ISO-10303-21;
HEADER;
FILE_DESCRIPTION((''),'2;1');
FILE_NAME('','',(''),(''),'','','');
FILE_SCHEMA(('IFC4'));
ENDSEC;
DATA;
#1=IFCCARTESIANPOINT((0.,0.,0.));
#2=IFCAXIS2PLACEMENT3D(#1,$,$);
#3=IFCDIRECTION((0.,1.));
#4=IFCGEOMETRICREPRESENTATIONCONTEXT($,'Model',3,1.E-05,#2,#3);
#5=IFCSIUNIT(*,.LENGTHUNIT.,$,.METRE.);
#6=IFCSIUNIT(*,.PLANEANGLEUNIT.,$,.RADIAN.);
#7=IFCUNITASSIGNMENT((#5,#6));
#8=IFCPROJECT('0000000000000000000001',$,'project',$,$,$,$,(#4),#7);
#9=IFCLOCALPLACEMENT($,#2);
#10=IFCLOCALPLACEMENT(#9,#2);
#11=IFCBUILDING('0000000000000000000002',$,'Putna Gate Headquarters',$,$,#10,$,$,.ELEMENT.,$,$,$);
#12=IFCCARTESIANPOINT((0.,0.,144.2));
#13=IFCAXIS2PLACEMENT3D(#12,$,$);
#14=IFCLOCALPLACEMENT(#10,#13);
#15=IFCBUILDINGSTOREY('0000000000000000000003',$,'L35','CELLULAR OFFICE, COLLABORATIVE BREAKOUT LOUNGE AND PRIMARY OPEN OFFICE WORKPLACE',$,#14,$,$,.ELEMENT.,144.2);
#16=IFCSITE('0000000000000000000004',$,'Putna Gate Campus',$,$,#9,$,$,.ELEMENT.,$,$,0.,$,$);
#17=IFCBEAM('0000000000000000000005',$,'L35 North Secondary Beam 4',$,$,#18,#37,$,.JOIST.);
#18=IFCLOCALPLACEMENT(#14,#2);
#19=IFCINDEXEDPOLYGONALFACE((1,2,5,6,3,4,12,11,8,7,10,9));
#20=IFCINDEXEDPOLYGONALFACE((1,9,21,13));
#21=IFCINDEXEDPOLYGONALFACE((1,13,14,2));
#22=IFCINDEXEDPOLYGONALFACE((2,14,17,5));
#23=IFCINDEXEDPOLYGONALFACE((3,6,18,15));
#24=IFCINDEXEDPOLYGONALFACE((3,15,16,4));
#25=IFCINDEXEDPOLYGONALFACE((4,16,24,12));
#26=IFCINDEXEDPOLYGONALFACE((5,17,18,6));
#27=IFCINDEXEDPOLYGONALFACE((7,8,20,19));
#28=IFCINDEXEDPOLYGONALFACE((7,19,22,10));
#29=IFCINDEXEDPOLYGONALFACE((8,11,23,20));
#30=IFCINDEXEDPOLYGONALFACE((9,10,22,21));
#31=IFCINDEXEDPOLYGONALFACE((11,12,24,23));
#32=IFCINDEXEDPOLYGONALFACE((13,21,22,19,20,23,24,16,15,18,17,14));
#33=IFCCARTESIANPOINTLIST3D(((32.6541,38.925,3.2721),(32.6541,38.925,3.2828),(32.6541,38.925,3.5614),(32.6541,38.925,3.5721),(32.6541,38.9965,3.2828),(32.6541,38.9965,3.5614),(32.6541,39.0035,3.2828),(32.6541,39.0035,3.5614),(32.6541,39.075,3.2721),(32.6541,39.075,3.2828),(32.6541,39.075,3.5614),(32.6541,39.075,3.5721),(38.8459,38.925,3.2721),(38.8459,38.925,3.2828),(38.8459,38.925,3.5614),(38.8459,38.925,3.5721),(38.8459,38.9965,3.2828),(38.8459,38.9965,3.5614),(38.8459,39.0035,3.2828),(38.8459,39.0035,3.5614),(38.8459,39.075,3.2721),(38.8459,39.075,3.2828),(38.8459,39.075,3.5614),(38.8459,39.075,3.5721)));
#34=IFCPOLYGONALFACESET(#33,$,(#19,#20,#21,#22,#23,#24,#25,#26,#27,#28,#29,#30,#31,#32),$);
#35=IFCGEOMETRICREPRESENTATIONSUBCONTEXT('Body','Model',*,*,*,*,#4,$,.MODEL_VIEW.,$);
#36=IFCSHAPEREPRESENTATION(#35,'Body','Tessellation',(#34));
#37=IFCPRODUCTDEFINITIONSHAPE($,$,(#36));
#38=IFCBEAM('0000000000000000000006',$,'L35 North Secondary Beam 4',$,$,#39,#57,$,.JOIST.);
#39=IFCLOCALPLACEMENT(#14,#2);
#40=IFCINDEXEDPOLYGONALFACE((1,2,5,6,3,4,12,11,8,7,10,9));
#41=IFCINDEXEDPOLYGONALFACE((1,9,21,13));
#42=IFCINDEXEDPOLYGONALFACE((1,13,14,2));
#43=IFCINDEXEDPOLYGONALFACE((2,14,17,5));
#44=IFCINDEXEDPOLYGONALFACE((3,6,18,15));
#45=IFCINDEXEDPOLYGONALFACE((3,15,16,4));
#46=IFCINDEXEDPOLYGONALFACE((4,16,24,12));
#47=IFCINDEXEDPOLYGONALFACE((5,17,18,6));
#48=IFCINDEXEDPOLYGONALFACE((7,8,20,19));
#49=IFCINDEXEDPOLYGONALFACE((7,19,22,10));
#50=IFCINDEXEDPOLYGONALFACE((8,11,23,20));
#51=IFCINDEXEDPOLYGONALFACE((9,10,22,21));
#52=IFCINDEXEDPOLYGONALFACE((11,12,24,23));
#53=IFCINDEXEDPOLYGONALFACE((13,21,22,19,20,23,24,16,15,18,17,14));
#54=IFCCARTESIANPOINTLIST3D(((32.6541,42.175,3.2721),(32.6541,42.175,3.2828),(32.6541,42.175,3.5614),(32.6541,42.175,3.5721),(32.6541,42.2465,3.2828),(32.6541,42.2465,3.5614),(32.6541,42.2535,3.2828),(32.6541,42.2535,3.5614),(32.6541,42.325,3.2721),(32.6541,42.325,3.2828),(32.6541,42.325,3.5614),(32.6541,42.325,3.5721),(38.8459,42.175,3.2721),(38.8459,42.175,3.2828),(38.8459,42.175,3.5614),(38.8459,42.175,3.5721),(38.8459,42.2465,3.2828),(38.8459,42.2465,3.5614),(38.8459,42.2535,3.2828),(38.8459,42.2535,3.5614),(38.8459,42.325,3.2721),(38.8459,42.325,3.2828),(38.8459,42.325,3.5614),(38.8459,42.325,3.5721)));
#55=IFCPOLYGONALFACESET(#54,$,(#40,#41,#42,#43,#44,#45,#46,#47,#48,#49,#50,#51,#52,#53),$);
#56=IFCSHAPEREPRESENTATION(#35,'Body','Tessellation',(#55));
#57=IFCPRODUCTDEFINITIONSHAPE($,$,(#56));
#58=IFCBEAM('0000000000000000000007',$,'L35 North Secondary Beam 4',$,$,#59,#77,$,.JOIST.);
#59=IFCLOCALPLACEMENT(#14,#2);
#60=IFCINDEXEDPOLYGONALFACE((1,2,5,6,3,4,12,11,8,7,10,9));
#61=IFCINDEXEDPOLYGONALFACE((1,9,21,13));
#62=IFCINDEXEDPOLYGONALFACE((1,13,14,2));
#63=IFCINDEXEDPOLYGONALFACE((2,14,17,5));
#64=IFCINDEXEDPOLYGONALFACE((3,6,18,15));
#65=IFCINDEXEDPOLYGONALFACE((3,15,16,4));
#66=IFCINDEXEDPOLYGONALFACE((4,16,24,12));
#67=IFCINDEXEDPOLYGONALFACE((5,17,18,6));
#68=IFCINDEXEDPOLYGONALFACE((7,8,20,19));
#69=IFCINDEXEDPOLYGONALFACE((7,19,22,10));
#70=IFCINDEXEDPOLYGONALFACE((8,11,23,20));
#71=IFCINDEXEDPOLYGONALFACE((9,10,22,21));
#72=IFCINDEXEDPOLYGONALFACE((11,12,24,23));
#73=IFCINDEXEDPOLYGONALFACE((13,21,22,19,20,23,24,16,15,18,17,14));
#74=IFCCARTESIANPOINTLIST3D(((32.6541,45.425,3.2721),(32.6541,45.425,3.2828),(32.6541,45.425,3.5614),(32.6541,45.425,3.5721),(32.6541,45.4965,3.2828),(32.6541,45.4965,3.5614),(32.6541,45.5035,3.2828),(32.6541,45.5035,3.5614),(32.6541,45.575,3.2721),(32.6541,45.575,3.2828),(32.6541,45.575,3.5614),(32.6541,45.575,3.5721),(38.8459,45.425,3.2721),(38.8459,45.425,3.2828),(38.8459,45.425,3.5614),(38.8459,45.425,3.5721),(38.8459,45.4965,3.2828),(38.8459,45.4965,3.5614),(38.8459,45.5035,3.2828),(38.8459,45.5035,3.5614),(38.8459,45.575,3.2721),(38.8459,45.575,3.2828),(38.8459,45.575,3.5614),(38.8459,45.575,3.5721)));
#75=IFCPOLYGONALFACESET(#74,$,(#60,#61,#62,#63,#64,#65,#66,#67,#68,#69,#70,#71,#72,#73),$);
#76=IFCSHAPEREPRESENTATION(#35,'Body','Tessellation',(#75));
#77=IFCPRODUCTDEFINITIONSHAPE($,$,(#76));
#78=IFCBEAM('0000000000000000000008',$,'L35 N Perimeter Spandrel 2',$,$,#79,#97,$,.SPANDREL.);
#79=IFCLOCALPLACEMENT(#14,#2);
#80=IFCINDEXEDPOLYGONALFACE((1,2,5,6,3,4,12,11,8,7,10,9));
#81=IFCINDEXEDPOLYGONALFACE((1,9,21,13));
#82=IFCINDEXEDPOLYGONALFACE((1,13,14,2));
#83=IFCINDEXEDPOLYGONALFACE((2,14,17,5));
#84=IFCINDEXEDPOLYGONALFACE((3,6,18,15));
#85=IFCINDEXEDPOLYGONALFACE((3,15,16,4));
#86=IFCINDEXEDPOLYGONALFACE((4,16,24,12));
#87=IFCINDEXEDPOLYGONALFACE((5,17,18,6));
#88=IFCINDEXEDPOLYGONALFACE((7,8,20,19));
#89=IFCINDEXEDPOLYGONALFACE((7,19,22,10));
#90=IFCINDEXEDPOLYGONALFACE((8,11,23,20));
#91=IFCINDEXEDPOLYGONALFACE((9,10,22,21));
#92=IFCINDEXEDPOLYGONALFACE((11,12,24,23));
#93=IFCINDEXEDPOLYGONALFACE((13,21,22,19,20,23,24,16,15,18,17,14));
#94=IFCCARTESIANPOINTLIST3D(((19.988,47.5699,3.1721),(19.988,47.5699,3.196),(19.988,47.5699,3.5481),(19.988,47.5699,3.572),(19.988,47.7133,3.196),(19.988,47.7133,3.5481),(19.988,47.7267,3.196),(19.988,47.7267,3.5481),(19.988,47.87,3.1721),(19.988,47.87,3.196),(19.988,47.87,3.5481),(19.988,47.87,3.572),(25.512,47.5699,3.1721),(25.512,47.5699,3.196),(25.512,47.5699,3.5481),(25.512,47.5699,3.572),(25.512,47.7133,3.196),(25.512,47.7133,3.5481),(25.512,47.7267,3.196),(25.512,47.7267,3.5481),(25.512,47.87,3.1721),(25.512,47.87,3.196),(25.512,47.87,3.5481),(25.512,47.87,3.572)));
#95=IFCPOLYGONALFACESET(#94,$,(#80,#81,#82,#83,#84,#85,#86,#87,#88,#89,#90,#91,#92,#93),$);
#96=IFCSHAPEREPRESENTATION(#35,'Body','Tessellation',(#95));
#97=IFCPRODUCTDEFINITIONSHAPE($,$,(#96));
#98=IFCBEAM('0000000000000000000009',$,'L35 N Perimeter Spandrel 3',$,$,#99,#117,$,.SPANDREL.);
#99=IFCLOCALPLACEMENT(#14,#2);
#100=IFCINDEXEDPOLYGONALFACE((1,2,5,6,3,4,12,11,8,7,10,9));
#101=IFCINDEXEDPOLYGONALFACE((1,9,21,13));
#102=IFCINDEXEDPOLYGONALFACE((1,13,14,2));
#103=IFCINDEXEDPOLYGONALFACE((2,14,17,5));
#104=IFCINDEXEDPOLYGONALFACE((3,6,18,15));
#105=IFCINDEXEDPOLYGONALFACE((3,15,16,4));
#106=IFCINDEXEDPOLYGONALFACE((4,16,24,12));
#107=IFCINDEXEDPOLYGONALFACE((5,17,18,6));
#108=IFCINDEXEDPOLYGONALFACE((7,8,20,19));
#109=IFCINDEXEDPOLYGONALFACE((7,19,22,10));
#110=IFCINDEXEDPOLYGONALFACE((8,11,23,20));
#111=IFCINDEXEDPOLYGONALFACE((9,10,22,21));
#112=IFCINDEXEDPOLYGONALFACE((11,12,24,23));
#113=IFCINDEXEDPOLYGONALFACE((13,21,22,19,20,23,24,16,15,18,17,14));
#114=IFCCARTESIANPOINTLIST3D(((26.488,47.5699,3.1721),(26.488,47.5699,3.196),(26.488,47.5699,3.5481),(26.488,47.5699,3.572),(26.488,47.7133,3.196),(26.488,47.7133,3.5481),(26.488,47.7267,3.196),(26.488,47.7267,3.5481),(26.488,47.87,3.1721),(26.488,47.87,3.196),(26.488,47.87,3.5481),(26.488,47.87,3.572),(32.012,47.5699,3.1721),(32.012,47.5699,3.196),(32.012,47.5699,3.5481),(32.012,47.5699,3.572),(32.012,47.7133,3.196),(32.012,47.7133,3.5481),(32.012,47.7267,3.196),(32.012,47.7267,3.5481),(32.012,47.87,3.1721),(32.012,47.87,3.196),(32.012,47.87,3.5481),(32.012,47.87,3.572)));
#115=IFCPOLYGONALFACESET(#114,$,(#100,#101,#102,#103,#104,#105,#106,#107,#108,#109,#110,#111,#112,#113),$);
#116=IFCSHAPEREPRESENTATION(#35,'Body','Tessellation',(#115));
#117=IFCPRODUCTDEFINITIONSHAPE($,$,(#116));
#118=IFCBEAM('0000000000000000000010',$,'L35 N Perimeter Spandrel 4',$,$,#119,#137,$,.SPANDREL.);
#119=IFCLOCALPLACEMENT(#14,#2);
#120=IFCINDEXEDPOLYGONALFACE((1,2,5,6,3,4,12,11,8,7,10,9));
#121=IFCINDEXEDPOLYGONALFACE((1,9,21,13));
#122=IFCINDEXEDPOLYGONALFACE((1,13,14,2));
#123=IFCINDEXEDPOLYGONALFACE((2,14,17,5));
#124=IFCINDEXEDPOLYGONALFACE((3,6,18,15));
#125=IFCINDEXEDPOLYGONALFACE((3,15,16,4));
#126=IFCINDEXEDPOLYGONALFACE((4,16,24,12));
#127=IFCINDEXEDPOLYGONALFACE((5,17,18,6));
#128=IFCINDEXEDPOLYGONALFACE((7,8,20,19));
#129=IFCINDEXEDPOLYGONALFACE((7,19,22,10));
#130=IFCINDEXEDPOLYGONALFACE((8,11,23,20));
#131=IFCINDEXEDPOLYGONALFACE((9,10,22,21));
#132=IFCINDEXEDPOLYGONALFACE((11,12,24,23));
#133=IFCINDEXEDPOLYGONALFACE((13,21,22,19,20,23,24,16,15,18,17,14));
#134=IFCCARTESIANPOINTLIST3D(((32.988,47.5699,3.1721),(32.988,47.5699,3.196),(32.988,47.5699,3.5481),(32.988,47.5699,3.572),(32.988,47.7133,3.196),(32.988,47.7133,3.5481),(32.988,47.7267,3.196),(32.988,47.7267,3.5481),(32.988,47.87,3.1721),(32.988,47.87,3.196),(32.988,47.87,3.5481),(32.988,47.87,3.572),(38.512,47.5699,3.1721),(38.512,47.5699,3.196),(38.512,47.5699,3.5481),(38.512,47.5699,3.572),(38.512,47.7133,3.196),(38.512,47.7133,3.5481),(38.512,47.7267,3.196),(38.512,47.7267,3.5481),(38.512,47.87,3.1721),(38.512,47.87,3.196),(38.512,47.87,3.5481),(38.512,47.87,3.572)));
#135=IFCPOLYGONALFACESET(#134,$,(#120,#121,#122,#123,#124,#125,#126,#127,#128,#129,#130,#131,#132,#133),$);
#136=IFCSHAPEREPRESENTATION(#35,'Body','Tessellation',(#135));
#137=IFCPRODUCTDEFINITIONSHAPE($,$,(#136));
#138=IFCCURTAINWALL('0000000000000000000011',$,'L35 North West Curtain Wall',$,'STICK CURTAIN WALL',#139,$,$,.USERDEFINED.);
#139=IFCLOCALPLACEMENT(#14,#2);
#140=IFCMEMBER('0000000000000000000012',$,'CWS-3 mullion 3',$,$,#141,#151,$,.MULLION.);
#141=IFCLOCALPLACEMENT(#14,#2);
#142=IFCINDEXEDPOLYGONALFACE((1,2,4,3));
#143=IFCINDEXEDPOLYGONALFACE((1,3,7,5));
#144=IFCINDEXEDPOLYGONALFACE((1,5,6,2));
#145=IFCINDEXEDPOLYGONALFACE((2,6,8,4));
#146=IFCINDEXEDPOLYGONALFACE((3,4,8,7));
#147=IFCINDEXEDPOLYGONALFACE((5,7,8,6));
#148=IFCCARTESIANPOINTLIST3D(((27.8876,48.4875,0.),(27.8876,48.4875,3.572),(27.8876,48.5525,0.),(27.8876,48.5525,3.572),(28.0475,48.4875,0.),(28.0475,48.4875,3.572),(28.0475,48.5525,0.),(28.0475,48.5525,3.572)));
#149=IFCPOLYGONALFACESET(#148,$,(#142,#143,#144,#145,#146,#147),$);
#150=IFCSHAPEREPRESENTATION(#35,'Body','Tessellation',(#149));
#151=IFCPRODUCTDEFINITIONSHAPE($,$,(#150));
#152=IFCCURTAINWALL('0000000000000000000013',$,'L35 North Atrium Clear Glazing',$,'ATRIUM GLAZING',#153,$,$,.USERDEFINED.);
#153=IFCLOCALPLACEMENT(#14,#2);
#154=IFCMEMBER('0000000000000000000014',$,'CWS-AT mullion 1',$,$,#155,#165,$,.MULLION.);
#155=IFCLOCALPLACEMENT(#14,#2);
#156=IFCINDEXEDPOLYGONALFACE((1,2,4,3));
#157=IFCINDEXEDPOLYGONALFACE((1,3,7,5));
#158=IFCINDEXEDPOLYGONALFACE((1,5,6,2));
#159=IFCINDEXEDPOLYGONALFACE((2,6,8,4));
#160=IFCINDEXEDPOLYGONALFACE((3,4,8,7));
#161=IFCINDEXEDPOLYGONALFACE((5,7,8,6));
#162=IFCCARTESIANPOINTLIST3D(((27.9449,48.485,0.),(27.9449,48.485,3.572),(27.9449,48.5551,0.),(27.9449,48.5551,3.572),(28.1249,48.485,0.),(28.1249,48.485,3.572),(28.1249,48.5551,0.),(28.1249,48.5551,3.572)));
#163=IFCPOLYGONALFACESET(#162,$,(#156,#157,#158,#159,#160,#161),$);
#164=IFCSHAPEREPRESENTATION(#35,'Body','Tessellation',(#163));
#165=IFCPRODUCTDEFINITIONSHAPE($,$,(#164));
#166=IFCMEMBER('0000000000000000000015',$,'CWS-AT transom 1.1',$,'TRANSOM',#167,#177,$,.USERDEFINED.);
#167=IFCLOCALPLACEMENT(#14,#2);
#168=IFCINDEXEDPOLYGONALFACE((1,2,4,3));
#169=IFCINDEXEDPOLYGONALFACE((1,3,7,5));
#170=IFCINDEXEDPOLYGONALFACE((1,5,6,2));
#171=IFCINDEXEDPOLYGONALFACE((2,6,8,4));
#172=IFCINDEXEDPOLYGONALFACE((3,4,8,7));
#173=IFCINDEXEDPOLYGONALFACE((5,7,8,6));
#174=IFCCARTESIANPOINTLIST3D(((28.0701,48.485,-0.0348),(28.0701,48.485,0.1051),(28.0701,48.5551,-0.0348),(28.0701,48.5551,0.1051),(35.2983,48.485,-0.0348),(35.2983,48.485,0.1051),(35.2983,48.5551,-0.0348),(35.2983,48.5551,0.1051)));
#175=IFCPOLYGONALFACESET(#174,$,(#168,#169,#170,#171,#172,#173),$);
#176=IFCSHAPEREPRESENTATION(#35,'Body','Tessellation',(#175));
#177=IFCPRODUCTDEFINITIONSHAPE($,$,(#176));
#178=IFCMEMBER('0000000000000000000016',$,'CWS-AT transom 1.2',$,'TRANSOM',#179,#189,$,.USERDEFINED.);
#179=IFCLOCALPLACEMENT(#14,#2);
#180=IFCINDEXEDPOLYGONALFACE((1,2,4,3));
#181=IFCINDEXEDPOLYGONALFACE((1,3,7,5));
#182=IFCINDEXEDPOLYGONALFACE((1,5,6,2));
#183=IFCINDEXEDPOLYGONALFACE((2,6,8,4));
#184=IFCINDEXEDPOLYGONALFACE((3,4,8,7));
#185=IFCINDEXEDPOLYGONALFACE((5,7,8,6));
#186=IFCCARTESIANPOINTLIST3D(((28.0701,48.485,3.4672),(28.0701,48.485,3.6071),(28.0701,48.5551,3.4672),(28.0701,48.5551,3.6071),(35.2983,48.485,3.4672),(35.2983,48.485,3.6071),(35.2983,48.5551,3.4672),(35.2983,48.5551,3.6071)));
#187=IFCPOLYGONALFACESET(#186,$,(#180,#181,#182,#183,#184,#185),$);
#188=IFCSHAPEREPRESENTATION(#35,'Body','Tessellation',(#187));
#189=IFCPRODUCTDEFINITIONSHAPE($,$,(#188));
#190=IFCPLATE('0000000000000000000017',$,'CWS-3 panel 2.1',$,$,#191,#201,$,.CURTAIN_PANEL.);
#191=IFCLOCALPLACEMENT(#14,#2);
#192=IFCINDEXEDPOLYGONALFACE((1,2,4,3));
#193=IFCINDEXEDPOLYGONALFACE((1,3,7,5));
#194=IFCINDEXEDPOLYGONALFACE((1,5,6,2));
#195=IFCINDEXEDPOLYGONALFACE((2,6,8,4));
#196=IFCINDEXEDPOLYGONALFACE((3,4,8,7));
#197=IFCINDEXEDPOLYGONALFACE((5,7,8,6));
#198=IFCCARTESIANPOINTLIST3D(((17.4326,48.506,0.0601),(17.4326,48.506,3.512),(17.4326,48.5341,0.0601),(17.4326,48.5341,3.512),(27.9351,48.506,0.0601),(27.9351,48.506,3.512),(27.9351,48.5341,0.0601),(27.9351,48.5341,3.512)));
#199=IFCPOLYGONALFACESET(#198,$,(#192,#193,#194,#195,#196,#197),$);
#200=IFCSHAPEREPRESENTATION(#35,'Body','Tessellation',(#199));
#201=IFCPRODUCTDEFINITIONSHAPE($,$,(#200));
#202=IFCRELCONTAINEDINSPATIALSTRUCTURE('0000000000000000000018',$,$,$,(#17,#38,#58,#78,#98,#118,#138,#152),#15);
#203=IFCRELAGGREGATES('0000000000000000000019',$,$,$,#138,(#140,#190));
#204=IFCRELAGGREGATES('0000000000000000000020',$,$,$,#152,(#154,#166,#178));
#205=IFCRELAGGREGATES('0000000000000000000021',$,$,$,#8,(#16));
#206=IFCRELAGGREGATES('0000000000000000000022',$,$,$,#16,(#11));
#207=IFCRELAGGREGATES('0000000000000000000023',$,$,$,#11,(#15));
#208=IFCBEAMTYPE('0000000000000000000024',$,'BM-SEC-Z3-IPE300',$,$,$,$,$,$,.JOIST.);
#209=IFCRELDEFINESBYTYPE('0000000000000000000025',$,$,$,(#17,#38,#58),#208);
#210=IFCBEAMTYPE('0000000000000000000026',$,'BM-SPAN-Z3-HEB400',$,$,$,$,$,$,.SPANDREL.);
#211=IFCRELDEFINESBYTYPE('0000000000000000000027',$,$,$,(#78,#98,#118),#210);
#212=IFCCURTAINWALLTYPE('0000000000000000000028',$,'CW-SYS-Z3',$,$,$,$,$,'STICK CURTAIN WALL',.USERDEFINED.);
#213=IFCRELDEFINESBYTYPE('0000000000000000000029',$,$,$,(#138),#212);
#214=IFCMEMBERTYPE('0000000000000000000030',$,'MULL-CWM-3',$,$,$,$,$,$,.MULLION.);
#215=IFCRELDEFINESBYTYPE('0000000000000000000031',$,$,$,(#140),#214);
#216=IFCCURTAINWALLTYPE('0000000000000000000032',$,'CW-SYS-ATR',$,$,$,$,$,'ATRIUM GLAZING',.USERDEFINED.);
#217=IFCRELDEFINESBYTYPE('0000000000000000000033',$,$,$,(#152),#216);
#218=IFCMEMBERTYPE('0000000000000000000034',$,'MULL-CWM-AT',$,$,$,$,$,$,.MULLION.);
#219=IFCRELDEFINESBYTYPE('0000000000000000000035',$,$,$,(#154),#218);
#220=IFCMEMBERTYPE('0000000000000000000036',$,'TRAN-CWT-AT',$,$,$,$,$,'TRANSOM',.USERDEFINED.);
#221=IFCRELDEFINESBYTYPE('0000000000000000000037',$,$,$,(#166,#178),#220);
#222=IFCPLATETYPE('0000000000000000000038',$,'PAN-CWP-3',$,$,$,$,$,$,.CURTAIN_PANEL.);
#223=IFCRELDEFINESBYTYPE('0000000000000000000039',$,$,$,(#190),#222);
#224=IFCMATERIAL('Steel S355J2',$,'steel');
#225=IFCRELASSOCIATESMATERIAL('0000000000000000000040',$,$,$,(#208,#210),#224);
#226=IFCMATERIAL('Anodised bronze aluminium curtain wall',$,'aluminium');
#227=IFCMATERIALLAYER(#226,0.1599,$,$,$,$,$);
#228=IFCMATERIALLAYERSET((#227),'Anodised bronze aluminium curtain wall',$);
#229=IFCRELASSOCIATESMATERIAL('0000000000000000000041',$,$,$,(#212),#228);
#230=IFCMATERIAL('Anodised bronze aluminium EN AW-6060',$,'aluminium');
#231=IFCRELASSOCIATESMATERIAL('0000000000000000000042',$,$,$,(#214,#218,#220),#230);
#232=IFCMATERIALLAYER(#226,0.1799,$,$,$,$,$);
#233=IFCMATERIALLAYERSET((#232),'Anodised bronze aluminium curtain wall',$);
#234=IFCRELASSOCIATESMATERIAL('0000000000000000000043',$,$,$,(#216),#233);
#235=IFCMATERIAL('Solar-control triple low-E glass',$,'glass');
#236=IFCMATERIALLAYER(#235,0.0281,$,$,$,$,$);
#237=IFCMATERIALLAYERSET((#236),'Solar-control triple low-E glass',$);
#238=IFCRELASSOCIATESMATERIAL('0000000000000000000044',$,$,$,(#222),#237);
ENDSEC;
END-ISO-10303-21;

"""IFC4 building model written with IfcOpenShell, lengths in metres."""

from ifc_helpers import new_model, si_unit, direction, frame, origin, origin_2d, place, context, subcontext, project, spatial, rectangle, i_section, extrude, material, layer, layer_set, material_profile, profile_set, type_object, element, aggregate, save


model = new_model("IFC4")

# Units and contexts
model_context = context("Model", 3, precision=1e-05, world=origin(), true_north=direction((0.0, 1.0)))
body_context = subcontext(model_context, "Body", "Model", "MODEL_VIEW")
ifc_project = project(units=[si_unit("LENGTHUNIT", "METRE"), si_unit("PLANEANGLEUNIT", "RADIAN")], contexts=[model_context])

# Site, building, storey
site_placement = place(None, origin())
site = spatial("IfcSite", under=ifc_project, at=site_placement, Name="Putna Gate Campus", CompositionType="ELEMENT", RefElevation=0.0)
building_placement = place(site_placement, origin())
building = spatial("IfcBuilding", under=site, at=building_placement, Name="Putna Gate Headquarters", CompositionType="ELEMENT")
storey_placement = place(building_placement, frame((0.0, 0.0, 144.2)))
storey = spatial("IfcBuildingStorey", under=building, at=storey_placement, Name="L35", Description="CELLULAR OFFICE, COLLABORATIVE BREAKOUT LOUNGE AND PRIMARY OPEN OFFICE WORKPLACE", CompositionType="ELEMENT", Elevation=144.2)

# Beams
ifc_material_1 = material(Name="Steel S355J2", Category="steel")
ifc_material_profile_1 = material_profile(ifc_material_1, i_section(OverallWidth=0.1499, OverallDepth=0.3, WebThickness=0.0071, FlangeThickness=0.0107, at=origin_2d()), Name="Steel S355J2")
ifc_profile_set_1 = profile_set([ifc_material_profile_1], Name="Steel S355J2")
beam_type_1 = type_object("IfcBeamType", Name="BM-SEC-Z3-IPE300", PredefinedType="JOIST", material=ifc_profile_set_1)
for number, where, z_axis, x_axis, name in (
    (1, (32.6541, 39.0, 3.4221), (1.0, 0.0, 0.0), (0.0, 1.0, 0.0), "L35 North Secondary Beam 4"),
    (2, (32.6541, 42.25, 3.4221), (1.0, 0.0, 0.0), (0.0, 1.0, 0.0), "L35 North Secondary Beam 4"),
    (3, (32.6541, 45.5, 3.4221), (1.0, 0.0, 0.0), (0.0, 1.0, 0.0), "L35 North Secondary Beam 4"),
):
    element("IfcBeam", number, at=place(storey_placement, frame(where, z_axis=z_axis, x_axis=x_axis)), inside=storey, type_object=beam_type_1, Name=name, PredefinedType="JOIST", context=body_context, shape_type="SweptSolid", body=[
        extrude(i_section(OverallWidth=0.1499, OverallDepth=0.3, WebThickness=0.0071, FlangeThickness=0.0107, at=origin_2d()), origin(), (0.0, 0.0, 1.0), 6.1919),
    ])
ifc_material_profile_2 = material_profile(ifc_material_1, i_section(OverallWidth=0.3, OverallDepth=0.3999, WebThickness=0.0134, FlangeThickness=0.0239, at=origin_2d()), Name="Steel S355J2")
ifc_profile_set_2 = profile_set([ifc_material_profile_2], Name="Steel S355J2")
beam_type_2 = type_object("IfcBeamType", Name="BM-SPAN-Z3-HEB400", PredefinedType="SPANDREL", material=ifc_profile_set_2)
for number, where, z_axis, x_axis, name in (
    (4, (19.988, 47.72, 3.3721), (1.0, 0.0, 0.0), (0.0, 1.0, 0.0), "L35 N Perimeter Spandrel 2"),
    (5, (26.488, 47.72, 3.3721), (1.0, 0.0, 0.0), (0.0, 1.0, 0.0), "L35 N Perimeter Spandrel 3"),
    (6, (32.988, 47.72, 3.3721), (1.0, 0.0, 0.0), (0.0, 1.0, 0.0), "L35 N Perimeter Spandrel 4"),
):
    element("IfcBeam", number, at=place(storey_placement, frame(where, z_axis=z_axis, x_axis=x_axis)), inside=storey, type_object=beam_type_2, Name=name, PredefinedType="SPANDREL", context=body_context, shape_type="SweptSolid", body=[
        extrude(i_section(OverallWidth=0.3, OverallDepth=0.3999, WebThickness=0.0134, FlangeThickness=0.0239, at=origin_2d()), origin(), (0.0, 0.0, 1.0), 5.5239),
    ])

# Curtain wall, member
ifc_material_2 = material(Name="Anodised bronze aluminium curtain wall", Category="aluminium")
ifc_layer_1 = layer(ifc_material_2, 0.1599)
ifc_layer_set_1 = layer_set([ifc_layer_1], Name="Anodised bronze aluminium curtain wall")
curtain_wall_type_1 = type_object("IfcCurtainWallType", Name="CW-SYS-Z3", ElementType="STICK CURTAIN WALL", PredefinedType="USERDEFINED", material=ifc_layer_set_1)
curtain_wall_1_placement = place(storey_placement, origin())
curtain_wall_1 = element("IfcCurtainWall", 7, at=curtain_wall_1_placement, inside=storey, type_object=curtain_wall_type_1, Name="L35 North West Curtain Wall", ObjectType="STICK CURTAIN WALL", PredefinedType="USERDEFINED")
ifc_material_3 = material(Name="Anodised bronze aluminium EN AW-6060", Category="aluminium")
ifc_material_profile_3 = material_profile(ifc_material_3, rectangle(XDim=0.0649, YDim=0.1599, at=origin_2d()), Name="Anodised bronze aluminium EN AW-6060")
ifc_profile_set_3 = profile_set([ifc_material_profile_3], Name="Anodised bronze aluminium EN AW-6060")
member_type_1 = type_object("IfcMemberType", Name="MULL-CWM-3", PredefinedType="MULLION", material=ifc_profile_set_3)
member_1_placement = place(storey_placement, frame((27.9675, 48.52, 0.0), z_axis=(0.0, 0.0, 1.0), x_axis=(0.0, 1.0, 0.0)))
member_1 = element("IfcMember", 8, at=member_1_placement, type_object=member_type_1, Name="CWS-3 mullion 3", PredefinedType="MULLION", context=body_context, shape_type="SweptSolid", body=[
    extrude(rectangle(XDim=0.0649, YDim=0.1599, at=origin_2d()), origin(), (0.0, 0.0, 1.0), 3.572),
])

# Curtain wall, members
ifc_layer_2 = layer(ifc_material_2, 0.1799)
ifc_layer_set_2 = layer_set([ifc_layer_2], Name="Anodised bronze aluminium curtain wall")
curtain_wall_type_2 = type_object("IfcCurtainWallType", Name="CW-SYS-ATR", ElementType="ATRIUM GLAZING", PredefinedType="USERDEFINED", material=ifc_layer_set_2)
curtain_wall_2_placement = place(storey_placement, origin())
curtain_wall_2 = element("IfcCurtainWall", 9, at=curtain_wall_2_placement, inside=storey, type_object=curtain_wall_type_2, Name="L35 North Atrium Clear Glazing", ObjectType="ATRIUM GLAZING", PredefinedType="USERDEFINED")
ifc_material_profile_4 = material_profile(ifc_material_3, rectangle(XDim=0.0701, YDim=0.1799, at=origin_2d()), Name="Anodised bronze aluminium EN AW-6060")
ifc_profile_set_4 = profile_set([ifc_material_profile_4], Name="Anodised bronze aluminium EN AW-6060")
member_type_2 = type_object("IfcMemberType", Name="MULL-CWM-AT", PredefinedType="MULLION", material=ifc_profile_set_4)
member_2_placement = place(storey_placement, frame((28.0349, 48.52, 0.0), z_axis=(0.0, 0.0, 1.0), x_axis=(0.0, 1.0, 0.0)))
member_2 = element("IfcMember", 10, at=member_2_placement, type_object=member_type_2, Name="CWS-AT mullion 1", PredefinedType="MULLION", context=body_context, shape_type="SweptSolid", body=[
    extrude(rectangle(XDim=0.0701, YDim=0.1799, at=origin_2d()), origin(), (0.0, 0.0, 1.0), 3.572),
])
ifc_material_profile_5 = material_profile(ifc_material_3, rectangle(XDim=0.0701, YDim=0.1399, at=origin_2d()), Name="Anodised bronze aluminium EN AW-6060")
ifc_profile_set_5 = profile_set([ifc_material_profile_5], Name="Anodised bronze aluminium EN AW-6060")
member_type_3 = type_object("IfcMemberType", Name="TRAN-CWT-AT", ElementType="TRANSOM", PredefinedType="USERDEFINED", material=ifc_profile_set_5)
member_3_placement = place(storey_placement, frame((28.0701, 48.52, 0.0352), z_axis=(1.0, 0.0, 0.0), x_axis=(0.0, 1.0, 0.0)))
member_3 = element("IfcMember", 11, at=member_3_placement, type_object=member_type_3, Name="CWS-AT transom 1.1", ObjectType="TRANSOM", PredefinedType="USERDEFINED", context=body_context, shape_type="SweptSolid", body=[
    extrude(rectangle(XDim=0.0701, YDim=0.1399, at=origin_2d()), origin(), (0.0, 0.0, 1.0), 7.2283),
])
member_4_placement = place(storey_placement, frame((28.0701, 48.52, 3.5371), z_axis=(1.0, 0.0, 0.0), x_axis=(0.0, 1.0, 0.0)))
member_4 = element("IfcMember", 12, at=member_4_placement, type_object=member_type_3, Name="CWS-AT transom 1.2", ObjectType="TRANSOM", PredefinedType="USERDEFINED", context=body_context, shape_type="SweptSolid", body=[
    extrude(rectangle(XDim=0.0701, YDim=0.1399, at=origin_2d()), origin(), (0.0, 0.0, 1.0), 7.2283),
])

# Plate
ifc_material_4 = material(Name="Solar-control triple low-E glass", Category="glass")
ifc_layer_3 = layer(ifc_material_4, 0.0281)
ifc_layer_set_3 = layer_set([ifc_layer_3], Name="Solar-control triple low-E glass")
plate_type_1 = type_object("IfcPlateType", Name="PAN-CWP-3", PredefinedType="CURTAIN_PANEL", material=ifc_layer_set_3)
plate_1_placement = place(storey_placement, frame((22.6838, 48.52, 0.0601), z_axis=(0.0, 0.0, 1.0), x_axis=(1.0, 0.0, 0.0)))
plate_1 = element("IfcPlate", 13, at=plate_1_placement, type_object=plate_type_1, Name="CWS-3 panel 2.1", PredefinedType="CURTAIN_PANEL", context=body_context, shape_type="SweptSolid", body=[
    extrude(rectangle(XDim=10.5024, YDim=0.0281, at=origin_2d()), origin(), (0.0, 0.0, 1.0), 3.4519),
])
aggregate(curtain_wall_1, [member_1, plate_1])
aggregate(curtain_wall_2, [member_2, member_3, member_4])

save(model, "model.ifc")
